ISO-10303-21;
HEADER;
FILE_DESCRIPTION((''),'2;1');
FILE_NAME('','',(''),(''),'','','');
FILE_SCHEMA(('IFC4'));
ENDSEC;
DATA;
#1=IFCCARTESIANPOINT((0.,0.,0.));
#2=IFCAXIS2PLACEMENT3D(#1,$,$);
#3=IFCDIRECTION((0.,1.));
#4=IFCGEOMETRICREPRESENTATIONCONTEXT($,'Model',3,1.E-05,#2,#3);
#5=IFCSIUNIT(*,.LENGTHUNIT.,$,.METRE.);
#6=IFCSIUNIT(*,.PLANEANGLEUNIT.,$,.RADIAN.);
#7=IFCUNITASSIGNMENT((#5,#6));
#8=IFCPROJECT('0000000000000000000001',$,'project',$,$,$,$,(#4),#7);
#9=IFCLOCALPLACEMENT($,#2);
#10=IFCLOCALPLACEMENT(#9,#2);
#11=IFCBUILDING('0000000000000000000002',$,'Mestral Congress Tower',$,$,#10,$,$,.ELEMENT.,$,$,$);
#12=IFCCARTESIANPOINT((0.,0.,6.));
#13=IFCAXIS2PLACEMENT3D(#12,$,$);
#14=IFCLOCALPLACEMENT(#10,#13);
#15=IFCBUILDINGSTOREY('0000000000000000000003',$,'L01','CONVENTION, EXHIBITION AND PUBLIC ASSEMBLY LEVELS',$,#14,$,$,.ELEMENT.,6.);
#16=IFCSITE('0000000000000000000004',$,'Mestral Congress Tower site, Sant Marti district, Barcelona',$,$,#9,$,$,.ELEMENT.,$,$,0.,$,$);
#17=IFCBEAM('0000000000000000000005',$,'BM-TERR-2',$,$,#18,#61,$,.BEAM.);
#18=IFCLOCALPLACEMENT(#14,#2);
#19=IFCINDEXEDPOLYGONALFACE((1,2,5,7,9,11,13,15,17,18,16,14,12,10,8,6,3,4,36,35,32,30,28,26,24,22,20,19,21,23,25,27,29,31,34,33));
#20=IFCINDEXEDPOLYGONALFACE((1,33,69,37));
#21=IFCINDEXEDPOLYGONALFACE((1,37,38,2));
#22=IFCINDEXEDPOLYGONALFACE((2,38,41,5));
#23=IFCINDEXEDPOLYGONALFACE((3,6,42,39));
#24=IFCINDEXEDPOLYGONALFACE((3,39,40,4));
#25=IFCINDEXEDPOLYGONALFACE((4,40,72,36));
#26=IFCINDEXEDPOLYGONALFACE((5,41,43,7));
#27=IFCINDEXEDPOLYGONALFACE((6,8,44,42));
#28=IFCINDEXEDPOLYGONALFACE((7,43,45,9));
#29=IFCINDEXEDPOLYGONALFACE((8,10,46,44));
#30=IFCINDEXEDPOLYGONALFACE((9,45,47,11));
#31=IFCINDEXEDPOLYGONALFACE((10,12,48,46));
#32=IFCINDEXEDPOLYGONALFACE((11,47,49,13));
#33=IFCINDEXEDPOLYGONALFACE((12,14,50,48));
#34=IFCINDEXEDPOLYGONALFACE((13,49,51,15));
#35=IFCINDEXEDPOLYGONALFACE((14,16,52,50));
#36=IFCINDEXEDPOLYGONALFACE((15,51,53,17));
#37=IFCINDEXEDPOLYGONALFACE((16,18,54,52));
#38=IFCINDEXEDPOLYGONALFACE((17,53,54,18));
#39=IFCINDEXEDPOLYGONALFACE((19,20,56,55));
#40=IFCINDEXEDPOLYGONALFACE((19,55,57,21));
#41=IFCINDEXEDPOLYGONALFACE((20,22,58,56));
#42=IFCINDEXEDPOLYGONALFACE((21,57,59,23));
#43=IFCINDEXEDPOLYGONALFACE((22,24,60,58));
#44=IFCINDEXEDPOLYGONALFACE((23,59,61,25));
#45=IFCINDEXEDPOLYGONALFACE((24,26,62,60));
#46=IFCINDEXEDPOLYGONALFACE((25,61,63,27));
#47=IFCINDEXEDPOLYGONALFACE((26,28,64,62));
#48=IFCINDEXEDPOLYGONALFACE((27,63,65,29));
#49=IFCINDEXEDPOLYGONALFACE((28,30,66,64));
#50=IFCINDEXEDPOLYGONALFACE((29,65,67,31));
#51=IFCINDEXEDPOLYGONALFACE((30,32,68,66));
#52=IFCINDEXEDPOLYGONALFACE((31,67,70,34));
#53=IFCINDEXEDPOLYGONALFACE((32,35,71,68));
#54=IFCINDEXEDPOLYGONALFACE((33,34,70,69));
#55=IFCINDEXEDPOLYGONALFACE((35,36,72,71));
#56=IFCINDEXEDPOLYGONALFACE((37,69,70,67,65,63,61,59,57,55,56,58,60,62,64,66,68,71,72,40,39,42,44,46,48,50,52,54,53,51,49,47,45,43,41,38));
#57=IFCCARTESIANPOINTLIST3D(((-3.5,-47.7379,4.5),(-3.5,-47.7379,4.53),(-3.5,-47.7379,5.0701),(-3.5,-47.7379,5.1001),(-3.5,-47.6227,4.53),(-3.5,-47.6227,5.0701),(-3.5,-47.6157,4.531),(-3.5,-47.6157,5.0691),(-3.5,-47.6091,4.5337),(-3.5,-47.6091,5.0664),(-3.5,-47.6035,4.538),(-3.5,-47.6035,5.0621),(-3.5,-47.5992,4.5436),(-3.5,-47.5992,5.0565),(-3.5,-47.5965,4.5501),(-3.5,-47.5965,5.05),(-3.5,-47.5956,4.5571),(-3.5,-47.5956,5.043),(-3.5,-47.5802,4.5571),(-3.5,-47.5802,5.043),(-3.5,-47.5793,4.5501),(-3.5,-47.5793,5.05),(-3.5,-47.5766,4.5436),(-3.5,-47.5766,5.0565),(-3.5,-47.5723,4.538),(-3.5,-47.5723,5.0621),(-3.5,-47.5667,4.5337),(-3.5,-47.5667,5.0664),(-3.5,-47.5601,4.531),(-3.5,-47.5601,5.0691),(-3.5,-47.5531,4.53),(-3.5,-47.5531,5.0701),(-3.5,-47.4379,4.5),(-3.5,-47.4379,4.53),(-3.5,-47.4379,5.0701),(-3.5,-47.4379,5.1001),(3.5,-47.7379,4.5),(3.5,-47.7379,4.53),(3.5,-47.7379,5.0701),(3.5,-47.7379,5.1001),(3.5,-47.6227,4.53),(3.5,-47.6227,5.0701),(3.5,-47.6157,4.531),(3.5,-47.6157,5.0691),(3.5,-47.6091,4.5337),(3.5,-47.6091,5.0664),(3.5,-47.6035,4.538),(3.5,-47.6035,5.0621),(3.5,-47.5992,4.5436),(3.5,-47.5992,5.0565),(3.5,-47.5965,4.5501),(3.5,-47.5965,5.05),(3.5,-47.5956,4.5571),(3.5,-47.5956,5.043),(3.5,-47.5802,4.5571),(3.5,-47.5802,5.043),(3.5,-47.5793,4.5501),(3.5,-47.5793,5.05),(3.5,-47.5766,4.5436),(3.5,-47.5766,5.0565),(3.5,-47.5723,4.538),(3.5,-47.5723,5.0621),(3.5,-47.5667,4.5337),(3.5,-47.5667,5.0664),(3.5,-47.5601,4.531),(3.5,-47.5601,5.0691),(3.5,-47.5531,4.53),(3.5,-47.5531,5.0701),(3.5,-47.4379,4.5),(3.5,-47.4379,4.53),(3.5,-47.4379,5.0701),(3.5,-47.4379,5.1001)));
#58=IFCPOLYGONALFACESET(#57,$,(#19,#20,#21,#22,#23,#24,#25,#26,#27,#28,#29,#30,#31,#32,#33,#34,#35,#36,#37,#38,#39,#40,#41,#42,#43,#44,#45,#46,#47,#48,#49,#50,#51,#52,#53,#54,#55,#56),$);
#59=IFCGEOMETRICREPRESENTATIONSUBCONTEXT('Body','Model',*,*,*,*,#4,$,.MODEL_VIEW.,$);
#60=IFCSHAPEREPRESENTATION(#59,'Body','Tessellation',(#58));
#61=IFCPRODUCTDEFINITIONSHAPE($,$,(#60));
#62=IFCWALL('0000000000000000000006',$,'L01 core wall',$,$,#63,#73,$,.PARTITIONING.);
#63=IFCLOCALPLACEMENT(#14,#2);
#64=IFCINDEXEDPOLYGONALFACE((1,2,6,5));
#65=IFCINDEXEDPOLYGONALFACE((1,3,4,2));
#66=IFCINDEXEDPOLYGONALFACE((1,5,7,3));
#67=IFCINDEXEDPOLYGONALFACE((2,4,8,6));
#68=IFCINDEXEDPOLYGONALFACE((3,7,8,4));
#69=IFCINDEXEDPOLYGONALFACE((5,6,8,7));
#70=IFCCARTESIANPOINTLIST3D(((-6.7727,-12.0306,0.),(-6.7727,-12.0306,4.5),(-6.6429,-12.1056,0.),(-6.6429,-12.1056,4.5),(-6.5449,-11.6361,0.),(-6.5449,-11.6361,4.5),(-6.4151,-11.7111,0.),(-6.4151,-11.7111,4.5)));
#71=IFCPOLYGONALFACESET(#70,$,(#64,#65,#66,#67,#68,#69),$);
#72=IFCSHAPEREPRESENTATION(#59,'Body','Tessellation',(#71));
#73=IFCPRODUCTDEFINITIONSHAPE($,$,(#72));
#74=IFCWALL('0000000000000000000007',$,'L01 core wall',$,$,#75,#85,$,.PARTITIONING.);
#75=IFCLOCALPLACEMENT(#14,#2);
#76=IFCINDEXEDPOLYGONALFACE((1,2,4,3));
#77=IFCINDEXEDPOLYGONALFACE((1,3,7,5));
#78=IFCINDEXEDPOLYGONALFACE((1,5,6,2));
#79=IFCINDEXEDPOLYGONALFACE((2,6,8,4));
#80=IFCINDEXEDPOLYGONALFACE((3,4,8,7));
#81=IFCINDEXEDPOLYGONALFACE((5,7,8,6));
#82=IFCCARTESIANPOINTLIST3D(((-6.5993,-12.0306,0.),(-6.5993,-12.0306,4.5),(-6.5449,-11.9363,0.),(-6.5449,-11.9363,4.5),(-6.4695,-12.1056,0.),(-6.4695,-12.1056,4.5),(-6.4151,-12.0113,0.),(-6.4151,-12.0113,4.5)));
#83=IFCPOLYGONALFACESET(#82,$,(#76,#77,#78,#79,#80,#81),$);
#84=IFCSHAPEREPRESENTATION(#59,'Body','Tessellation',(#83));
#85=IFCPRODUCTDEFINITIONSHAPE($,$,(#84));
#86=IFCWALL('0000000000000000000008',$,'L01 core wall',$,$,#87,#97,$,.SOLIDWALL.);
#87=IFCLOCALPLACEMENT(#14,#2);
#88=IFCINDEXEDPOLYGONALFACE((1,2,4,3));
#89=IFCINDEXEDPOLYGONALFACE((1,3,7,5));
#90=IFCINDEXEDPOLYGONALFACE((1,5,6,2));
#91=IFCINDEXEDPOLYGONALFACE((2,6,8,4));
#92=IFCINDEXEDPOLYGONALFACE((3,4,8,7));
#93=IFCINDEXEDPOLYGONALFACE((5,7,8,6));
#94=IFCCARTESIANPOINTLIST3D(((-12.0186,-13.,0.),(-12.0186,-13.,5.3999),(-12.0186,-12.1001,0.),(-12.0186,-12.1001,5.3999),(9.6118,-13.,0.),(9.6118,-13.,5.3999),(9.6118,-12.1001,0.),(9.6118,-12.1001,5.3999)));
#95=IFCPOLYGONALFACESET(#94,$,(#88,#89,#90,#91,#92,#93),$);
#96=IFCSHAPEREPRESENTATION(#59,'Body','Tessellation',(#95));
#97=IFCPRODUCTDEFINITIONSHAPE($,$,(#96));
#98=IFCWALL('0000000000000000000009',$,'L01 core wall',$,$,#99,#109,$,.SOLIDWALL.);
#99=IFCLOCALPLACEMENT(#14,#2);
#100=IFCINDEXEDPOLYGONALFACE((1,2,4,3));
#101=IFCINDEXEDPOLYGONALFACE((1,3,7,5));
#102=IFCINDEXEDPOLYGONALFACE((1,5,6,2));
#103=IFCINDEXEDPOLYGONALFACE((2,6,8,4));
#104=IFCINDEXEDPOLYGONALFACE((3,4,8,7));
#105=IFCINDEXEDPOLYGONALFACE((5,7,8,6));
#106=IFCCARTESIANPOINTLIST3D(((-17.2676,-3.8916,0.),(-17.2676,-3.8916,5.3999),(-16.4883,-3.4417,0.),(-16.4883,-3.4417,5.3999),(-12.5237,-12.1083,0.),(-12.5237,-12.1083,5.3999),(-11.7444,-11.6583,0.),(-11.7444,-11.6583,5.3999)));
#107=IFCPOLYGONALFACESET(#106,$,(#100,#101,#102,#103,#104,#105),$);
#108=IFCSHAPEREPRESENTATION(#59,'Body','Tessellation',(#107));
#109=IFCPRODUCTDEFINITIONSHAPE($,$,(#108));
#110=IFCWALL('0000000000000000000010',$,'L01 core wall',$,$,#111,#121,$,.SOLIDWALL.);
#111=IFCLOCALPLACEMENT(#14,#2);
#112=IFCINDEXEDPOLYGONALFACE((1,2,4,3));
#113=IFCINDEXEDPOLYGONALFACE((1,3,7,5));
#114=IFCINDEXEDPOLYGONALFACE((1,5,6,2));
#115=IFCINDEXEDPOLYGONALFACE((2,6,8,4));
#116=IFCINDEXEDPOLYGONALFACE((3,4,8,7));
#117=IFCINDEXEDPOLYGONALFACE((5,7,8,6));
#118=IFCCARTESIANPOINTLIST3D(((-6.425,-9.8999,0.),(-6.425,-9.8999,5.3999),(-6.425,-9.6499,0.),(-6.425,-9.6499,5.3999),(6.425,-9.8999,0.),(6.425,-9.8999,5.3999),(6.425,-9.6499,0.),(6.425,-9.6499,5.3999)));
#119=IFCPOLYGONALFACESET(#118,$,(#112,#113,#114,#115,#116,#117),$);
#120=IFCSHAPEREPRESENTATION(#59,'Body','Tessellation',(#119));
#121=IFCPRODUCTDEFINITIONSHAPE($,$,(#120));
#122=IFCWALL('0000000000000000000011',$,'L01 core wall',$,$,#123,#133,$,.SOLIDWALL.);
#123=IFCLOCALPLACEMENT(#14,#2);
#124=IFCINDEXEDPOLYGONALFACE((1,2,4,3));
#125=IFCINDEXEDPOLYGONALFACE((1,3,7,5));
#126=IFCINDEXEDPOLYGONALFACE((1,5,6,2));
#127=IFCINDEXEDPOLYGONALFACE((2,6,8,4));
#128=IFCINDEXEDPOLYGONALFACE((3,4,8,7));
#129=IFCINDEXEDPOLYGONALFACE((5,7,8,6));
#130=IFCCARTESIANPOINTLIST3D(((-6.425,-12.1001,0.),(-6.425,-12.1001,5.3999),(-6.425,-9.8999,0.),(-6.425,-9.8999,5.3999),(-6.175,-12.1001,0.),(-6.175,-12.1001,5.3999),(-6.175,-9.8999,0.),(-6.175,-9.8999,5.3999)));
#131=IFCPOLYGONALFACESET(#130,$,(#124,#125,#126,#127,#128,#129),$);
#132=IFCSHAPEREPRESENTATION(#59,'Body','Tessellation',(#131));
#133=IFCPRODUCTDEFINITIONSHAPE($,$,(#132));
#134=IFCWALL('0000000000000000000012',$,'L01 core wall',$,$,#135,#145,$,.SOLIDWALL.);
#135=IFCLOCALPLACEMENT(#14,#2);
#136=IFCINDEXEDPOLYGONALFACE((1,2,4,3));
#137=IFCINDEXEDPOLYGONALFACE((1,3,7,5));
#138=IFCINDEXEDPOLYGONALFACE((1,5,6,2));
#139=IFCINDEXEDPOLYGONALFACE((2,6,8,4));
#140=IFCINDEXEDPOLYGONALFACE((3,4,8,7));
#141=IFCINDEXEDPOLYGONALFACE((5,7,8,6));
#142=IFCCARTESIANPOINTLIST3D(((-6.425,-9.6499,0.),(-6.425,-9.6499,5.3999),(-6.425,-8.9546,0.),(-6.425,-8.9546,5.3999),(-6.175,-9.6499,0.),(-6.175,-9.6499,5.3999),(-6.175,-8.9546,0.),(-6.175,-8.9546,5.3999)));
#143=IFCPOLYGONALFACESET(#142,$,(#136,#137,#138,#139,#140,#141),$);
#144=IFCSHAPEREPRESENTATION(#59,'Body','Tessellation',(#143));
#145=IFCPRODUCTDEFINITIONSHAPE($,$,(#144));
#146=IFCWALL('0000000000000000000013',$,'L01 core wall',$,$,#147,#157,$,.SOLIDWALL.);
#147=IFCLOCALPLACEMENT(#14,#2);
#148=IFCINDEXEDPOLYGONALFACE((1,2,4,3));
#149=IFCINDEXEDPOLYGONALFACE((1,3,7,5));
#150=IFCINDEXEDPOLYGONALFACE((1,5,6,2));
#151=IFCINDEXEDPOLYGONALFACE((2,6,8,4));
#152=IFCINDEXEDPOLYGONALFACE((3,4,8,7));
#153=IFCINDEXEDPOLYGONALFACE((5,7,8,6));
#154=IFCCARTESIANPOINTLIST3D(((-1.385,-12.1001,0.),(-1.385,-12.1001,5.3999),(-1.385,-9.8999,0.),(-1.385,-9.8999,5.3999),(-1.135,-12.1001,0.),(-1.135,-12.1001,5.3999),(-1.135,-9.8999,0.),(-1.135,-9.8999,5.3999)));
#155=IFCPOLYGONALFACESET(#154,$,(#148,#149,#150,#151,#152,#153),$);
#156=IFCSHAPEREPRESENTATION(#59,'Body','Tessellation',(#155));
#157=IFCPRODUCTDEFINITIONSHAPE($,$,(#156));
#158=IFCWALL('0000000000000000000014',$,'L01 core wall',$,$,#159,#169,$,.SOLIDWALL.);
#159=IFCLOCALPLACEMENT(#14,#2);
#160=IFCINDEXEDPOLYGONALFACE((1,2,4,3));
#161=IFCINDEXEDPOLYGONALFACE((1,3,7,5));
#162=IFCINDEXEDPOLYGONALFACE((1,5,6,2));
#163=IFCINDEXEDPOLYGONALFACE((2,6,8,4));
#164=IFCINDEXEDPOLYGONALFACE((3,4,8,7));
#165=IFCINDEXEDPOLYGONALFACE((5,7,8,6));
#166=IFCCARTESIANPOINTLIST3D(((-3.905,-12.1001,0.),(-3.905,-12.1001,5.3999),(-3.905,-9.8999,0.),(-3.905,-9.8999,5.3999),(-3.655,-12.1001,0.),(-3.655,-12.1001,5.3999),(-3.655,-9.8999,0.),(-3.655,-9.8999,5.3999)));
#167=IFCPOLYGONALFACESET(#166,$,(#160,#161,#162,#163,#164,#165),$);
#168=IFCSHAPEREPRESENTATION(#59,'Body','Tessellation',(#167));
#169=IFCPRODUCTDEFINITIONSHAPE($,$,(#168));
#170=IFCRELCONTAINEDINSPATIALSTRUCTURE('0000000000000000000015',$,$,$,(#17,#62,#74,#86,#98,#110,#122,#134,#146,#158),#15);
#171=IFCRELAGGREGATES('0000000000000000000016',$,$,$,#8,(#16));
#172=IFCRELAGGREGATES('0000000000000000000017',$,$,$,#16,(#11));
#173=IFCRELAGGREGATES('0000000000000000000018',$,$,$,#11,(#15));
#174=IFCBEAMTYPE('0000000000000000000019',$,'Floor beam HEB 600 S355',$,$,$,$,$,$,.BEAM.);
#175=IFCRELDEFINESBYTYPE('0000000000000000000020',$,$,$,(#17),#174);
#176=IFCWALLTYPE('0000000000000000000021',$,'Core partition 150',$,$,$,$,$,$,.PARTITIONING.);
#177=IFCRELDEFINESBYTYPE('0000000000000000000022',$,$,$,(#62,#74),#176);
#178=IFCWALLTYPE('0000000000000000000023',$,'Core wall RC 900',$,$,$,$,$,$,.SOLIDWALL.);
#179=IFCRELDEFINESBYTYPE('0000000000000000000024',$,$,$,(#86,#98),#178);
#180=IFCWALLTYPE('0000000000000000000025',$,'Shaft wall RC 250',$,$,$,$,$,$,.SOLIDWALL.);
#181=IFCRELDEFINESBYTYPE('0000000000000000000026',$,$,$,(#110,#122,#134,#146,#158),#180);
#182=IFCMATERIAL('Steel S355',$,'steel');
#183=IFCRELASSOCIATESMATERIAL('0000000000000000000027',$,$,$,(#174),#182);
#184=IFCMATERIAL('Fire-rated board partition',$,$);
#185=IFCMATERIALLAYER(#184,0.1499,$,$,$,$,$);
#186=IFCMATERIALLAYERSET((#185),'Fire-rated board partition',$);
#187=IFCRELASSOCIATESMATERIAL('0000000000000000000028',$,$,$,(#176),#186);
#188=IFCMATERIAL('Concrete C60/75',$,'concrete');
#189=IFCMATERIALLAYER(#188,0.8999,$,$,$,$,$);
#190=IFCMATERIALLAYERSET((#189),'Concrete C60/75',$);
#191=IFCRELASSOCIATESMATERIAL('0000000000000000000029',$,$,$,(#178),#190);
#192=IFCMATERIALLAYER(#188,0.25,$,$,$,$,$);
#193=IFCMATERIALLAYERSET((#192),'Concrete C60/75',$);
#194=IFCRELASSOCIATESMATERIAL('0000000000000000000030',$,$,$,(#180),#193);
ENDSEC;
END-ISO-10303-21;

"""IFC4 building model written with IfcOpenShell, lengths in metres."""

from ifc_helpers import new_model, si_unit, direction, frame, frame_2d, origin, origin_2d, place, context, subcontext, project, spatial, rectangle, i_section, extrude, material, layer, layer_set, material_profile, profile_set, type_object, element, save


model = new_model("IFC4")

# Units and contexts
model_context = context("Model", 3, precision=1e-05, world=origin(), true_north=direction((0.0, 1.0)))
body_context = subcontext(model_context, "Body", "Model", "MODEL_VIEW")
ifc_project = project(units=[si_unit("LENGTHUNIT", "METRE"), si_unit("PLANEANGLEUNIT", "RADIAN")], contexts=[model_context])

# Site, building, storey
site_placement = place(None, origin())
site = spatial("IfcSite", under=ifc_project, at=site_placement, Name="Mestral Congress Tower site, Sant Marti district, Barcelona", CompositionType="ELEMENT", RefElevation=0.0)
building_placement = place(site_placement, origin())
building = spatial("IfcBuilding", under=site, at=building_placement, Name="Mestral Congress Tower", CompositionType="ELEMENT")
storey_placement = place(building_placement, frame((0.0, 0.0, 6.0)))
storey = spatial("IfcBuildingStorey", under=building, at=storey_placement, Name="L01", Description="CONVENTION, EXHIBITION AND PUBLIC ASSEMBLY LEVELS", CompositionType="ELEMENT", Elevation=6.0)

# Beam
ifc_material_1 = material(Name="Steel S355", Category="steel")
ifc_material_profile = material_profile(ifc_material_1, i_section(OverallWidth=0.3, OverallDepth=0.6001, WebThickness=0.0154, FlangeThickness=0.03, FilletRadius=0.0271, at=origin_2d()), Name="HEB 600")
ifc_profile_set = profile_set([ifc_material_profile], Name="Steel S355")
beam_type = type_object("IfcBeamType", Name="Floor beam HEB 600 S355", PredefinedType="BEAM", material=ifc_profile_set)
beam_placement = place(storey_placement, frame((-3.5, -47.5879, 4.8), z_axis=(1.0, 0.0, 0.0), x_axis=(0.0, 1.0, 0.0)))
element("IfcBeam", 1, at=beam_placement, inside=storey, type_object=beam_type, Name="BM-TERR-2", PredefinedType="BEAM", context=body_context, shape_type="SweptSolid", body=[
    extrude(i_section(OverallWidth=0.3, OverallDepth=0.6001, WebThickness=0.0154, FlangeThickness=0.03, FilletRadius=0.0271, at=origin_2d()), origin(), (0.0, 0.0, 1.0), 7.0),
])

# Walls
ifc_material_2 = material(Name="Fire-rated board partition")
ifc_layer_1 = layer(ifc_material_2, 0.1499)
ifc_layer_set_1 = layer_set([ifc_layer_1], Name="Fire-rated board partition")
wall_type_1 = type_object("IfcWallType", Name="Core partition 150", PredefinedType="PARTITIONING", material=ifc_layer_set_1)
wall_1_placement = place(storey_placement, frame((-6.7078, -12.0681, 0.0), z_axis=(0.0, 0.0, 1.0), x_axis=(0.500001, 0.866025, 0.0)))
element("IfcWall", 2, at=wall_1_placement, inside=storey, type_object=wall_type_1, Name="L01 core wall", PredefinedType="PARTITIONING", context=body_context, shape_type="SweptSolid", body=[
    extrude(rectangle(XDim=0.4556, YDim=0.1499, at=frame_2d((0.2278, 0.0))), origin(), (0.0, 0.0, 1.0), 4.5),
])
wall_2_placement = place(storey_placement, frame((-6.5344, -12.0681, 0.0), z_axis=(0.0, 0.0, 1.0), x_axis=(0.50024, 0.865887, 0.0)))
element("IfcWall", 3, at=wall_2_placement, inside=storey, type_object=wall_type_1, Name="L01 core wall", PredefinedType="PARTITIONING", context=body_context, shape_type="SweptSolid", body=[
    extrude(rectangle(XDim=0.1089, YDim=0.1499, at=frame_2d((0.0544, 0.0))), origin(), (0.0, 0.0, 1.0), 4.5),
])
ifc_material_3 = material(Name="Concrete C60/75", Category="concrete")
ifc_layer_2 = layer(ifc_material_3, 0.8999)
ifc_layer_set_2 = layer_set([ifc_layer_2], Name="Concrete C60/75")
wall_type_2 = type_object("IfcWallType", Name="Core wall RC 900", PredefinedType="SOLIDWALL", material=ifc_layer_set_2)
wall_3_placement = place(storey_placement, frame((-12.0186, -12.55, 0.0), z_axis=(0.0, 0.0, 1.0), x_axis=(1.0, 0.0, 0.0)))
element("IfcWall", 4, at=wall_3_placement, inside=storey, type_object=wall_type_2, Name="L01 core wall", PredefinedType="SOLIDWALL", context=body_context, shape_type="SweptSolid", body=[
    extrude(rectangle(XDim=21.6304, YDim=0.8999, at=frame_2d((10.8152, 0.0))), origin(), (0.0, 0.0, 1.0), 5.3999),
])
wall_4_placement = place(storey_placement, frame((-12.134, -11.8833, 0.0), z_axis=(0.0, 0.0, 1.0), x_axis=(-0.500005, 0.866022, 0.0)))
element("IfcWall", 5, at=wall_4_placement, inside=storey, type_object=wall_type_2, Name="L01 core wall", PredefinedType="SOLIDWALL", context=body_context, shape_type="SweptSolid", body=[
    extrude(rectangle(XDim=9.4878, YDim=0.8999, at=frame_2d((4.7439, 0.0))), origin(), (0.0, 0.0, 1.0), 5.3999),
])
ifc_layer_3 = layer(ifc_material_3, 0.25)
ifc_layer_set_3 = layer_set([ifc_layer_3], Name="Concrete C60/75")
wall_type_3 = type_object("IfcWallType", Name="Shaft wall RC 250", PredefinedType="SOLIDWALL", material=ifc_layer_set_3)
wall_5_placement = place(storey_placement, frame((-6.425, -9.7749, 0.0), z_axis=(0.0, 0.0, 1.0), x_axis=(1.0, 0.0, 0.0)))
element("IfcWall", 6, at=wall_5_placement, inside=storey, type_object=wall_type_3, Name="L01 core wall", PredefinedType="SOLIDWALL", context=body_context, shape_type="SweptSolid", body=[
    extrude(rectangle(XDim=12.8501, YDim=0.25, at=frame_2d((6.425, 0.0))), origin(), (0.0, 0.0, 1.0), 5.3999),
])
wall_6_placement = place(storey_placement, frame((-6.3, -9.8999, 0.0), z_axis=(0.0, 0.0, 1.0), x_axis=(0.0, -1.0, 0.0)))
element("IfcWall", 7, at=wall_6_placement, inside=storey, type_object=wall_type_3, Name="L01 core wall", PredefinedType="SOLIDWALL", context=body_context, shape_type="SweptSolid", body=[
    extrude(rectangle(XDim=2.2002, YDim=0.25, at=frame_2d((1.1001, 0.0))), origin(), (0.0, 0.0, 1.0), 5.3999),
])
wall_7_placement = place(storey_placement, frame((-6.3, -9.6499, 0.0), z_axis=(0.0, 0.0, 1.0), x_axis=(0.0, 1.0, 0.0)))
element("IfcWall", 8, at=wall_7_placement, inside=storey, type_object=wall_type_3, Name="L01 core wall", PredefinedType="SOLIDWALL", context=body_context, shape_type="SweptSolid", body=[
    extrude(rectangle(XDim=0.6953, YDim=0.25, at=frame_2d((0.3477, 0.0))), origin(), (0.0, 0.0, 1.0), 5.3999),
])
for number, where, z_axis, x_axis, name in (
    (9, (-1.26, -9.8999, 0.0), (0.0, 0.0, 1.0), (0.0, -1.0, 0.0), "L01 core wall"),
    (10, (-3.78, -9.8999, 0.0), (0.0, 0.0, 1.0), (0.0, -1.0, 0.0), "L01 core wall"),
):
    element("IfcWall", number, at=place(storey_placement, frame(where, z_axis=z_axis, x_axis=x_axis)), inside=storey, type_object=wall_type_3, Name=name, PredefinedType="SOLIDWALL", context=body_context, shape_type="SweptSolid", body=[
        extrude(rectangle(XDim=2.2002, YDim=0.25, at=frame_2d((1.1001, 0.0))), origin(), (0.0, 0.0, 1.0), 5.3999),
    ])

save(model, "model.ifc")
